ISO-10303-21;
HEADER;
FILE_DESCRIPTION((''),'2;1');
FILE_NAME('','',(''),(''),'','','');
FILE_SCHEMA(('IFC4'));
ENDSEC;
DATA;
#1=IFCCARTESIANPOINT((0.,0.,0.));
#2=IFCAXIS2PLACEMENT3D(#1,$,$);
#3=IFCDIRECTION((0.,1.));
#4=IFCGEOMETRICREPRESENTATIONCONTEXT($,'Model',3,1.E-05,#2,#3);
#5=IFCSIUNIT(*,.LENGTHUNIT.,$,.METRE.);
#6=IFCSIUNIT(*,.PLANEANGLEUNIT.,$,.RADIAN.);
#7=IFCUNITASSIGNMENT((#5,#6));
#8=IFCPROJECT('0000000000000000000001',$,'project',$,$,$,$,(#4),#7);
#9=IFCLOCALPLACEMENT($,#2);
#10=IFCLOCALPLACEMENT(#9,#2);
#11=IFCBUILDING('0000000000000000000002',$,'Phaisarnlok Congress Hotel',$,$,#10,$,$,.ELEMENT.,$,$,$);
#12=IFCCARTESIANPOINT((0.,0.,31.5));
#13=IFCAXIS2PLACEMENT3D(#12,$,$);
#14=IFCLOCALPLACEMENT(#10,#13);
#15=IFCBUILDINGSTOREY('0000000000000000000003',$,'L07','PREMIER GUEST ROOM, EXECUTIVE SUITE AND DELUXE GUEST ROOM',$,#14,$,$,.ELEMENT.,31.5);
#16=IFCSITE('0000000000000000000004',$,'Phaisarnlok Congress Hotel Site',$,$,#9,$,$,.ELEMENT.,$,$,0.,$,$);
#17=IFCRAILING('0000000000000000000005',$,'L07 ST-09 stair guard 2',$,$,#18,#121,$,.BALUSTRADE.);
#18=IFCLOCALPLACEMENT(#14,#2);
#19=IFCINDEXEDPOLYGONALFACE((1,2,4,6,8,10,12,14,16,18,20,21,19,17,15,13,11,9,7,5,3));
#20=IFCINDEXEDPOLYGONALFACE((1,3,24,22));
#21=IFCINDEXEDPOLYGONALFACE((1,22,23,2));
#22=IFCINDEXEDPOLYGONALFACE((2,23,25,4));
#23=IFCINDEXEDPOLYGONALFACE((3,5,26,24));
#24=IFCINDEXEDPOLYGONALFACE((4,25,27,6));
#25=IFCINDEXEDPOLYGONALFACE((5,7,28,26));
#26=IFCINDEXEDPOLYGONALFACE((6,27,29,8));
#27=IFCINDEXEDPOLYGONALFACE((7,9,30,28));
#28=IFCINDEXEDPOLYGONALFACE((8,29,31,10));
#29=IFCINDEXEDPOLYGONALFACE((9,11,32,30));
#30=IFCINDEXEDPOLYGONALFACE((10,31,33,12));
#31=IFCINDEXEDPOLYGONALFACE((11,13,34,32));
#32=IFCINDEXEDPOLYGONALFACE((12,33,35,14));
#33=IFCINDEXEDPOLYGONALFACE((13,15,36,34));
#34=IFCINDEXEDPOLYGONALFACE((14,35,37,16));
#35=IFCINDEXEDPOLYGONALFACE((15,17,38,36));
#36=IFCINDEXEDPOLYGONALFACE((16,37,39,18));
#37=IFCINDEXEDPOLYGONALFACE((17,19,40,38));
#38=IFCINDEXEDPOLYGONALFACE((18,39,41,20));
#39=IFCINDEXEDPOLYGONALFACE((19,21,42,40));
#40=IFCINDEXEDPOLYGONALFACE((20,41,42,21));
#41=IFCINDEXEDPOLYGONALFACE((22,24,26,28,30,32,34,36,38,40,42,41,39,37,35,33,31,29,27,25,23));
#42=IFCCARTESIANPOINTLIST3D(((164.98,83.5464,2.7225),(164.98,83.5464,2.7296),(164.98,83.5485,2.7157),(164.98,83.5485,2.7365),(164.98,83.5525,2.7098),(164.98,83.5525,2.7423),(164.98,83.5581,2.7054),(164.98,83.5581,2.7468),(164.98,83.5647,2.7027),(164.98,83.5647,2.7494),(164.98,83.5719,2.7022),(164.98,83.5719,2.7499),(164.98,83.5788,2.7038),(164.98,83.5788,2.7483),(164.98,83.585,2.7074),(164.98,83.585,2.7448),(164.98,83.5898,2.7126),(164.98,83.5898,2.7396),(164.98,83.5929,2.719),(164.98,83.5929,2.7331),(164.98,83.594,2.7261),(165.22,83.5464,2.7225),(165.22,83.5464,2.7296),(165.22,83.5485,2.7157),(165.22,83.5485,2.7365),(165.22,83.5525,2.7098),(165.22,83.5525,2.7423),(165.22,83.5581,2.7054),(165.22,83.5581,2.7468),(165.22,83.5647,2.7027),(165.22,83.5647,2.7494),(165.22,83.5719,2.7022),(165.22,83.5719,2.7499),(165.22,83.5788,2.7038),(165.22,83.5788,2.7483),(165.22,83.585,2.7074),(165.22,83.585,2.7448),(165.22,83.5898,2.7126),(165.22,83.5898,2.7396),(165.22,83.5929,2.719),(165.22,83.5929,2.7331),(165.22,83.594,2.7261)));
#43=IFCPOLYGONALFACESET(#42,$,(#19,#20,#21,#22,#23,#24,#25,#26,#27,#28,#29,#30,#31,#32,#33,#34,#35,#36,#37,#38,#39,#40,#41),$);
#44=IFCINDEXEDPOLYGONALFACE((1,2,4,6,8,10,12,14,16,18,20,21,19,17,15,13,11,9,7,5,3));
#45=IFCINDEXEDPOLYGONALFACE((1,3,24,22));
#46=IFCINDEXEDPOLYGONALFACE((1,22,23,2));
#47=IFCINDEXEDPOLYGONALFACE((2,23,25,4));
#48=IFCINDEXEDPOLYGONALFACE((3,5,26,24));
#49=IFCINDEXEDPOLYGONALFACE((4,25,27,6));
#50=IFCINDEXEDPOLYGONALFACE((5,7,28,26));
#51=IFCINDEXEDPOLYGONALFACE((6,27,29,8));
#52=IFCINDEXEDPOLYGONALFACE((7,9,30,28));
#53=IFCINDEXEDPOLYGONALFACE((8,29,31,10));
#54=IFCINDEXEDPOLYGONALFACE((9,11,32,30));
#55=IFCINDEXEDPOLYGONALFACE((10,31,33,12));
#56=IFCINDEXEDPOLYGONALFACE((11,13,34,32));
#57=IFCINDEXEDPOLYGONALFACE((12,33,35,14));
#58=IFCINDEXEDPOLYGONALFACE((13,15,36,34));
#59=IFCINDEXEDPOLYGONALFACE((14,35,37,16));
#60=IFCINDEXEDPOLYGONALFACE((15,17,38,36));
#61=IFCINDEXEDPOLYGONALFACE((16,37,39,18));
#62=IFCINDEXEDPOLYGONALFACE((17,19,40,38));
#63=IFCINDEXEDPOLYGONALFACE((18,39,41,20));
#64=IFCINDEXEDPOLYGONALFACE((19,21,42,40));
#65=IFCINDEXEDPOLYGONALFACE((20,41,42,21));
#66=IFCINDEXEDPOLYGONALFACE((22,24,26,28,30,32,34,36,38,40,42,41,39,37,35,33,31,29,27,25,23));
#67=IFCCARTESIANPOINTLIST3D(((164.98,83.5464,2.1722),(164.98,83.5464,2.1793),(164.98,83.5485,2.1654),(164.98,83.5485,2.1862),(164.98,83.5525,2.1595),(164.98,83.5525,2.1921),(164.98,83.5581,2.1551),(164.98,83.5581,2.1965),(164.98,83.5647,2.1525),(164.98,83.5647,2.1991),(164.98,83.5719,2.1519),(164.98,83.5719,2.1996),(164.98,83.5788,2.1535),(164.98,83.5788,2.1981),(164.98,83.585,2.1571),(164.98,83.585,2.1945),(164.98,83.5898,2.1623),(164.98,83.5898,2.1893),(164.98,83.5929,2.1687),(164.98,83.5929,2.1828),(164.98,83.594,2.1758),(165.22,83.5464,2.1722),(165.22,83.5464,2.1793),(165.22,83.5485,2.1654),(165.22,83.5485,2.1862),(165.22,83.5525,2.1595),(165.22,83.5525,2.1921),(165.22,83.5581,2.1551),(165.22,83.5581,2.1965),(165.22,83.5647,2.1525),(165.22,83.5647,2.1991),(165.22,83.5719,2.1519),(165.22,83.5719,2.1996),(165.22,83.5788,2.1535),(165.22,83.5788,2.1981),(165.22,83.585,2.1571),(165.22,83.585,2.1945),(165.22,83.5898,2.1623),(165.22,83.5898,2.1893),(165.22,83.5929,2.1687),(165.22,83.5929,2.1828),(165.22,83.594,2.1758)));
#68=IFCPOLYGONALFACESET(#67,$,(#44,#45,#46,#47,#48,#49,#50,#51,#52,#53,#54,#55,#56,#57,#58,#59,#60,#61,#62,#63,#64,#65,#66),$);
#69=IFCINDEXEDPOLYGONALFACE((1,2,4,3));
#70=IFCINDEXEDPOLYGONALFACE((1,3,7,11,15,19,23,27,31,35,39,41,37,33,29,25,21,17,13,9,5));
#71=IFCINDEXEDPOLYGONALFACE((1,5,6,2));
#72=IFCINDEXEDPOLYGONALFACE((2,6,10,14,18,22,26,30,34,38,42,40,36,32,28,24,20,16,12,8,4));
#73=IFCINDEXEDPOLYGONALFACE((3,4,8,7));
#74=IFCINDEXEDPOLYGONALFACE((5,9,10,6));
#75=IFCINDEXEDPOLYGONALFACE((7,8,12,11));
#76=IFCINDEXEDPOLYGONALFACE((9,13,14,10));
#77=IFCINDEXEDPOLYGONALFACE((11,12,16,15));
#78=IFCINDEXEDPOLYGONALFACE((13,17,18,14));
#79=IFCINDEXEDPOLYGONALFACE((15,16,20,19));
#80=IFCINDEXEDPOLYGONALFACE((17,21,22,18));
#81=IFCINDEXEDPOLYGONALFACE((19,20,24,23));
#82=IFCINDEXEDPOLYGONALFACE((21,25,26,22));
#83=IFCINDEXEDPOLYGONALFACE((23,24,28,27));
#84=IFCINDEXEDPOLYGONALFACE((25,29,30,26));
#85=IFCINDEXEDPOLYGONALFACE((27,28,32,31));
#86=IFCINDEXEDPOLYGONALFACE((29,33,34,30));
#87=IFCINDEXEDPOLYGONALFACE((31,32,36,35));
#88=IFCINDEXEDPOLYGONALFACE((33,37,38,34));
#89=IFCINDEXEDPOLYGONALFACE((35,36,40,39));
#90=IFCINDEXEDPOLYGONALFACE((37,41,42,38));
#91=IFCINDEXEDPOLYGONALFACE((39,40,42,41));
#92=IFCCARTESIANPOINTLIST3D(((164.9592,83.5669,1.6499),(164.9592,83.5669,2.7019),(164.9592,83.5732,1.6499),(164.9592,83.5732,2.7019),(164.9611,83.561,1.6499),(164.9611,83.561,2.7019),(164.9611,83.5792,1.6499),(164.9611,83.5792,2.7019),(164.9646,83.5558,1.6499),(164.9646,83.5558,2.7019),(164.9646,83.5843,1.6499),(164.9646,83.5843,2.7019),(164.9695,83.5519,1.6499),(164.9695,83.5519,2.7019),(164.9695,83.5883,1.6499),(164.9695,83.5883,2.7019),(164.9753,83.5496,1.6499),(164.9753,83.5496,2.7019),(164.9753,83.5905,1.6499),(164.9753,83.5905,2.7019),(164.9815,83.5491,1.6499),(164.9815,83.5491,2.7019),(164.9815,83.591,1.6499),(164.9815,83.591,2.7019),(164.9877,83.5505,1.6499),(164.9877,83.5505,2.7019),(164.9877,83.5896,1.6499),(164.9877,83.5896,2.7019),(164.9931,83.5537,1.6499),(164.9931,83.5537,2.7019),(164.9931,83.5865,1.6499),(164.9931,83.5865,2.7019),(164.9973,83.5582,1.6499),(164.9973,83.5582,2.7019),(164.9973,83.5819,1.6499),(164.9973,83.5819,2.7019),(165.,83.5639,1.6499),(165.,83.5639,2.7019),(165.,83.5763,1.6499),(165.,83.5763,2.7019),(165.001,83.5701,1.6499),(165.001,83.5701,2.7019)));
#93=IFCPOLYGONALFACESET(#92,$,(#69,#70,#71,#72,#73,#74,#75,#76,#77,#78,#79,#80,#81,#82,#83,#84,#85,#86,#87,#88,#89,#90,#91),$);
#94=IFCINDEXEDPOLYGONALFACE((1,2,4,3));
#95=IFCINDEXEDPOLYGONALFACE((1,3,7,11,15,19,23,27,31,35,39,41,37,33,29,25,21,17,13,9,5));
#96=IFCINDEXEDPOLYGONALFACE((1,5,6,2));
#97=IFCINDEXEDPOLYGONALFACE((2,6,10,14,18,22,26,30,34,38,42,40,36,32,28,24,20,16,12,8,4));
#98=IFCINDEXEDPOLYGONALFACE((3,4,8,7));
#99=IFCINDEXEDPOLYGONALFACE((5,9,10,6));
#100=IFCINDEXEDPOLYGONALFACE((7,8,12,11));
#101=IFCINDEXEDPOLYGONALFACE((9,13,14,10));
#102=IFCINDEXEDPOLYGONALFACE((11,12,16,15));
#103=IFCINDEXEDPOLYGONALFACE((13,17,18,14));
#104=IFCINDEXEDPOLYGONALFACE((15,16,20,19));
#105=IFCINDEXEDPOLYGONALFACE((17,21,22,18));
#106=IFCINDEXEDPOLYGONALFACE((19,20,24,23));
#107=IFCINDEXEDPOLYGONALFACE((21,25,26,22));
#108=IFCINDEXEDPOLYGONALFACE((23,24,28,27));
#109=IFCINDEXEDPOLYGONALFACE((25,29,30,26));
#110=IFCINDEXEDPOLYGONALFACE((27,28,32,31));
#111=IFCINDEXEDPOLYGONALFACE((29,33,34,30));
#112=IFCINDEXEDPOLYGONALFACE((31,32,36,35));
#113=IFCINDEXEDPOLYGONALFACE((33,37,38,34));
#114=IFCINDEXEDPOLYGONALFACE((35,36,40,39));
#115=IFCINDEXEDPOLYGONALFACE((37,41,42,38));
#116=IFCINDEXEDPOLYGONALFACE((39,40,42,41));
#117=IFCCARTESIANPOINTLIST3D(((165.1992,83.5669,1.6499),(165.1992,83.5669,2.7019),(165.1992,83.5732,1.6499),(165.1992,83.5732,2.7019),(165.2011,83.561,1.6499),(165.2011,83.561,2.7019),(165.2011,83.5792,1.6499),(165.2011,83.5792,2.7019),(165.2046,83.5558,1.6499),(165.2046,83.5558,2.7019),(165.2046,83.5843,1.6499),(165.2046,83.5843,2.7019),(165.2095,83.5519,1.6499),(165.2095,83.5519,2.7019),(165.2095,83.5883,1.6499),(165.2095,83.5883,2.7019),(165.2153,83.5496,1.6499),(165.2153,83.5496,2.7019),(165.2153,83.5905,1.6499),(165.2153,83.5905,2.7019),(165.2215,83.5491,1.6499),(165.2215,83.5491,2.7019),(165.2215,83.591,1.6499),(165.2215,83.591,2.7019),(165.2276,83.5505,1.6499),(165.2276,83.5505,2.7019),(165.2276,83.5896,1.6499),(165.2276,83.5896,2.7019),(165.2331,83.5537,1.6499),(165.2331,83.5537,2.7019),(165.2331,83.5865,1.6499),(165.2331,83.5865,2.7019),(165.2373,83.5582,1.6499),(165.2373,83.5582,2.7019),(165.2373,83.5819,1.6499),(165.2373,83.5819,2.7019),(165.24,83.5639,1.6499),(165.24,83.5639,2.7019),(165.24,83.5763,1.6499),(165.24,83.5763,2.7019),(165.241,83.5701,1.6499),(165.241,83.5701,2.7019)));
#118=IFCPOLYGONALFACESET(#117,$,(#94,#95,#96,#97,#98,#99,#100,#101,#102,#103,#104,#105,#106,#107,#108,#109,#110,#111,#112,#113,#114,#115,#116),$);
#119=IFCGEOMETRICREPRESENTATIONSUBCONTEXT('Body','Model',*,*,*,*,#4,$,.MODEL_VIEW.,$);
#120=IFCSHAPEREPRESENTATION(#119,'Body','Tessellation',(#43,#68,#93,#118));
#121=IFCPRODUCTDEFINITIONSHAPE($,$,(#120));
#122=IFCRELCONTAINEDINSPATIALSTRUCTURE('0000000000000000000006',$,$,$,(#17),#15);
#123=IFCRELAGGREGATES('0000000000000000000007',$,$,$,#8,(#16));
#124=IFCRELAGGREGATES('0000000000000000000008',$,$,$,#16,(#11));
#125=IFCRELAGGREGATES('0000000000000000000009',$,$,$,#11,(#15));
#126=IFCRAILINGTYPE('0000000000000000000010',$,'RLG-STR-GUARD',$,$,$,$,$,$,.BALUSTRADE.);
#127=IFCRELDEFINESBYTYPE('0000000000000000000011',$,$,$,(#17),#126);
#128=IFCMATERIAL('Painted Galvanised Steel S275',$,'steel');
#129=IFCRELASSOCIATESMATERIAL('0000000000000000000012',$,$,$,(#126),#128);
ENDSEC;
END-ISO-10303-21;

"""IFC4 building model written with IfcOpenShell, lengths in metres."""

from ifc_helpers import new_model, si_unit, direction, frame, origin, origin_2d, place, context, subcontext, project, spatial, circle, extrude, material, type_object, element, save


model = new_model("IFC4")

# Units and contexts
model_context = context("Model", 3, precision=1e-05, world=origin(), true_north=direction((0.0, 1.0)))
body_context = subcontext(model_context, "Body", "Model", "MODEL_VIEW")
ifc_project = project(units=[si_unit("LENGTHUNIT", "METRE"), si_unit("PLANEANGLEUNIT", "RADIAN")], contexts=[model_context])

# Site, building, storey
site_placement = place(None, origin())
site = spatial("IfcSite", under=ifc_project, at=site_placement, Name="Phaisarnlok Congress Hotel Site", CompositionType="ELEMENT", RefElevation=0.0)
building_placement = place(site_placement, origin())
building = spatial("IfcBuilding", under=site, at=building_placement, Name="Phaisarnlok Congress Hotel", CompositionType="ELEMENT")
storey_placement = place(building_placement, frame((0.0, 0.0, 31.5)))
storey = spatial("IfcBuildingStorey", under=building, at=storey_placement, Name="L07", Description="PREMIER GUEST ROOM, EXECUTIVE SUITE AND DELUXE GUEST ROOM", CompositionType="ELEMENT", Elevation=31.5)

# Railing
ifc_material_1 = material(Name="Painted Galvanised Steel S275", Category="steel")
railing_type_1 = type_object("IfcRailingType", Name="RLG-STR-GUARD", PredefinedType="BALUSTRADE", material=ifc_material_1)
railing_1_placement = place(storey_placement, frame((164.98, 83.5701, 1.6499)))
element("IfcRailing", 1, at=railing_1_placement, inside=storey, type_object=railing_type_1, Name="L07 ST-09 stair guard 2", PredefinedType="BALUSTRADE", context=body_context, shape_type="SweptSolid", body=[
    extrude(circle(Radius=0.0239, at=origin_2d()), frame((0.0, 0.0, 1.0762), z_axis=(1.0, 0.0, 0.0), x_axis=(0.0, 1.0, 0.0)), (0.0, 0.0, 1.0), 0.24),
    extrude(circle(Radius=0.0239, at=origin_2d()), frame((0.0, 0.0, 0.5259), z_axis=(1.0, 0.0, 0.0), x_axis=(0.0, 1.0, 0.0)), (0.0, 0.0, 1.0), 0.24),
    extrude(circle(Radius=0.021, at=origin_2d()), origin(), (0.0, 0.0, 1.0), 1.052),
    extrude(circle(Radius=0.021, at=origin_2d()), frame((0.24, 0.0, 0.0)), (0.0, 0.0, 1.0), 1.052),
])

save(model, "model.ifc")
